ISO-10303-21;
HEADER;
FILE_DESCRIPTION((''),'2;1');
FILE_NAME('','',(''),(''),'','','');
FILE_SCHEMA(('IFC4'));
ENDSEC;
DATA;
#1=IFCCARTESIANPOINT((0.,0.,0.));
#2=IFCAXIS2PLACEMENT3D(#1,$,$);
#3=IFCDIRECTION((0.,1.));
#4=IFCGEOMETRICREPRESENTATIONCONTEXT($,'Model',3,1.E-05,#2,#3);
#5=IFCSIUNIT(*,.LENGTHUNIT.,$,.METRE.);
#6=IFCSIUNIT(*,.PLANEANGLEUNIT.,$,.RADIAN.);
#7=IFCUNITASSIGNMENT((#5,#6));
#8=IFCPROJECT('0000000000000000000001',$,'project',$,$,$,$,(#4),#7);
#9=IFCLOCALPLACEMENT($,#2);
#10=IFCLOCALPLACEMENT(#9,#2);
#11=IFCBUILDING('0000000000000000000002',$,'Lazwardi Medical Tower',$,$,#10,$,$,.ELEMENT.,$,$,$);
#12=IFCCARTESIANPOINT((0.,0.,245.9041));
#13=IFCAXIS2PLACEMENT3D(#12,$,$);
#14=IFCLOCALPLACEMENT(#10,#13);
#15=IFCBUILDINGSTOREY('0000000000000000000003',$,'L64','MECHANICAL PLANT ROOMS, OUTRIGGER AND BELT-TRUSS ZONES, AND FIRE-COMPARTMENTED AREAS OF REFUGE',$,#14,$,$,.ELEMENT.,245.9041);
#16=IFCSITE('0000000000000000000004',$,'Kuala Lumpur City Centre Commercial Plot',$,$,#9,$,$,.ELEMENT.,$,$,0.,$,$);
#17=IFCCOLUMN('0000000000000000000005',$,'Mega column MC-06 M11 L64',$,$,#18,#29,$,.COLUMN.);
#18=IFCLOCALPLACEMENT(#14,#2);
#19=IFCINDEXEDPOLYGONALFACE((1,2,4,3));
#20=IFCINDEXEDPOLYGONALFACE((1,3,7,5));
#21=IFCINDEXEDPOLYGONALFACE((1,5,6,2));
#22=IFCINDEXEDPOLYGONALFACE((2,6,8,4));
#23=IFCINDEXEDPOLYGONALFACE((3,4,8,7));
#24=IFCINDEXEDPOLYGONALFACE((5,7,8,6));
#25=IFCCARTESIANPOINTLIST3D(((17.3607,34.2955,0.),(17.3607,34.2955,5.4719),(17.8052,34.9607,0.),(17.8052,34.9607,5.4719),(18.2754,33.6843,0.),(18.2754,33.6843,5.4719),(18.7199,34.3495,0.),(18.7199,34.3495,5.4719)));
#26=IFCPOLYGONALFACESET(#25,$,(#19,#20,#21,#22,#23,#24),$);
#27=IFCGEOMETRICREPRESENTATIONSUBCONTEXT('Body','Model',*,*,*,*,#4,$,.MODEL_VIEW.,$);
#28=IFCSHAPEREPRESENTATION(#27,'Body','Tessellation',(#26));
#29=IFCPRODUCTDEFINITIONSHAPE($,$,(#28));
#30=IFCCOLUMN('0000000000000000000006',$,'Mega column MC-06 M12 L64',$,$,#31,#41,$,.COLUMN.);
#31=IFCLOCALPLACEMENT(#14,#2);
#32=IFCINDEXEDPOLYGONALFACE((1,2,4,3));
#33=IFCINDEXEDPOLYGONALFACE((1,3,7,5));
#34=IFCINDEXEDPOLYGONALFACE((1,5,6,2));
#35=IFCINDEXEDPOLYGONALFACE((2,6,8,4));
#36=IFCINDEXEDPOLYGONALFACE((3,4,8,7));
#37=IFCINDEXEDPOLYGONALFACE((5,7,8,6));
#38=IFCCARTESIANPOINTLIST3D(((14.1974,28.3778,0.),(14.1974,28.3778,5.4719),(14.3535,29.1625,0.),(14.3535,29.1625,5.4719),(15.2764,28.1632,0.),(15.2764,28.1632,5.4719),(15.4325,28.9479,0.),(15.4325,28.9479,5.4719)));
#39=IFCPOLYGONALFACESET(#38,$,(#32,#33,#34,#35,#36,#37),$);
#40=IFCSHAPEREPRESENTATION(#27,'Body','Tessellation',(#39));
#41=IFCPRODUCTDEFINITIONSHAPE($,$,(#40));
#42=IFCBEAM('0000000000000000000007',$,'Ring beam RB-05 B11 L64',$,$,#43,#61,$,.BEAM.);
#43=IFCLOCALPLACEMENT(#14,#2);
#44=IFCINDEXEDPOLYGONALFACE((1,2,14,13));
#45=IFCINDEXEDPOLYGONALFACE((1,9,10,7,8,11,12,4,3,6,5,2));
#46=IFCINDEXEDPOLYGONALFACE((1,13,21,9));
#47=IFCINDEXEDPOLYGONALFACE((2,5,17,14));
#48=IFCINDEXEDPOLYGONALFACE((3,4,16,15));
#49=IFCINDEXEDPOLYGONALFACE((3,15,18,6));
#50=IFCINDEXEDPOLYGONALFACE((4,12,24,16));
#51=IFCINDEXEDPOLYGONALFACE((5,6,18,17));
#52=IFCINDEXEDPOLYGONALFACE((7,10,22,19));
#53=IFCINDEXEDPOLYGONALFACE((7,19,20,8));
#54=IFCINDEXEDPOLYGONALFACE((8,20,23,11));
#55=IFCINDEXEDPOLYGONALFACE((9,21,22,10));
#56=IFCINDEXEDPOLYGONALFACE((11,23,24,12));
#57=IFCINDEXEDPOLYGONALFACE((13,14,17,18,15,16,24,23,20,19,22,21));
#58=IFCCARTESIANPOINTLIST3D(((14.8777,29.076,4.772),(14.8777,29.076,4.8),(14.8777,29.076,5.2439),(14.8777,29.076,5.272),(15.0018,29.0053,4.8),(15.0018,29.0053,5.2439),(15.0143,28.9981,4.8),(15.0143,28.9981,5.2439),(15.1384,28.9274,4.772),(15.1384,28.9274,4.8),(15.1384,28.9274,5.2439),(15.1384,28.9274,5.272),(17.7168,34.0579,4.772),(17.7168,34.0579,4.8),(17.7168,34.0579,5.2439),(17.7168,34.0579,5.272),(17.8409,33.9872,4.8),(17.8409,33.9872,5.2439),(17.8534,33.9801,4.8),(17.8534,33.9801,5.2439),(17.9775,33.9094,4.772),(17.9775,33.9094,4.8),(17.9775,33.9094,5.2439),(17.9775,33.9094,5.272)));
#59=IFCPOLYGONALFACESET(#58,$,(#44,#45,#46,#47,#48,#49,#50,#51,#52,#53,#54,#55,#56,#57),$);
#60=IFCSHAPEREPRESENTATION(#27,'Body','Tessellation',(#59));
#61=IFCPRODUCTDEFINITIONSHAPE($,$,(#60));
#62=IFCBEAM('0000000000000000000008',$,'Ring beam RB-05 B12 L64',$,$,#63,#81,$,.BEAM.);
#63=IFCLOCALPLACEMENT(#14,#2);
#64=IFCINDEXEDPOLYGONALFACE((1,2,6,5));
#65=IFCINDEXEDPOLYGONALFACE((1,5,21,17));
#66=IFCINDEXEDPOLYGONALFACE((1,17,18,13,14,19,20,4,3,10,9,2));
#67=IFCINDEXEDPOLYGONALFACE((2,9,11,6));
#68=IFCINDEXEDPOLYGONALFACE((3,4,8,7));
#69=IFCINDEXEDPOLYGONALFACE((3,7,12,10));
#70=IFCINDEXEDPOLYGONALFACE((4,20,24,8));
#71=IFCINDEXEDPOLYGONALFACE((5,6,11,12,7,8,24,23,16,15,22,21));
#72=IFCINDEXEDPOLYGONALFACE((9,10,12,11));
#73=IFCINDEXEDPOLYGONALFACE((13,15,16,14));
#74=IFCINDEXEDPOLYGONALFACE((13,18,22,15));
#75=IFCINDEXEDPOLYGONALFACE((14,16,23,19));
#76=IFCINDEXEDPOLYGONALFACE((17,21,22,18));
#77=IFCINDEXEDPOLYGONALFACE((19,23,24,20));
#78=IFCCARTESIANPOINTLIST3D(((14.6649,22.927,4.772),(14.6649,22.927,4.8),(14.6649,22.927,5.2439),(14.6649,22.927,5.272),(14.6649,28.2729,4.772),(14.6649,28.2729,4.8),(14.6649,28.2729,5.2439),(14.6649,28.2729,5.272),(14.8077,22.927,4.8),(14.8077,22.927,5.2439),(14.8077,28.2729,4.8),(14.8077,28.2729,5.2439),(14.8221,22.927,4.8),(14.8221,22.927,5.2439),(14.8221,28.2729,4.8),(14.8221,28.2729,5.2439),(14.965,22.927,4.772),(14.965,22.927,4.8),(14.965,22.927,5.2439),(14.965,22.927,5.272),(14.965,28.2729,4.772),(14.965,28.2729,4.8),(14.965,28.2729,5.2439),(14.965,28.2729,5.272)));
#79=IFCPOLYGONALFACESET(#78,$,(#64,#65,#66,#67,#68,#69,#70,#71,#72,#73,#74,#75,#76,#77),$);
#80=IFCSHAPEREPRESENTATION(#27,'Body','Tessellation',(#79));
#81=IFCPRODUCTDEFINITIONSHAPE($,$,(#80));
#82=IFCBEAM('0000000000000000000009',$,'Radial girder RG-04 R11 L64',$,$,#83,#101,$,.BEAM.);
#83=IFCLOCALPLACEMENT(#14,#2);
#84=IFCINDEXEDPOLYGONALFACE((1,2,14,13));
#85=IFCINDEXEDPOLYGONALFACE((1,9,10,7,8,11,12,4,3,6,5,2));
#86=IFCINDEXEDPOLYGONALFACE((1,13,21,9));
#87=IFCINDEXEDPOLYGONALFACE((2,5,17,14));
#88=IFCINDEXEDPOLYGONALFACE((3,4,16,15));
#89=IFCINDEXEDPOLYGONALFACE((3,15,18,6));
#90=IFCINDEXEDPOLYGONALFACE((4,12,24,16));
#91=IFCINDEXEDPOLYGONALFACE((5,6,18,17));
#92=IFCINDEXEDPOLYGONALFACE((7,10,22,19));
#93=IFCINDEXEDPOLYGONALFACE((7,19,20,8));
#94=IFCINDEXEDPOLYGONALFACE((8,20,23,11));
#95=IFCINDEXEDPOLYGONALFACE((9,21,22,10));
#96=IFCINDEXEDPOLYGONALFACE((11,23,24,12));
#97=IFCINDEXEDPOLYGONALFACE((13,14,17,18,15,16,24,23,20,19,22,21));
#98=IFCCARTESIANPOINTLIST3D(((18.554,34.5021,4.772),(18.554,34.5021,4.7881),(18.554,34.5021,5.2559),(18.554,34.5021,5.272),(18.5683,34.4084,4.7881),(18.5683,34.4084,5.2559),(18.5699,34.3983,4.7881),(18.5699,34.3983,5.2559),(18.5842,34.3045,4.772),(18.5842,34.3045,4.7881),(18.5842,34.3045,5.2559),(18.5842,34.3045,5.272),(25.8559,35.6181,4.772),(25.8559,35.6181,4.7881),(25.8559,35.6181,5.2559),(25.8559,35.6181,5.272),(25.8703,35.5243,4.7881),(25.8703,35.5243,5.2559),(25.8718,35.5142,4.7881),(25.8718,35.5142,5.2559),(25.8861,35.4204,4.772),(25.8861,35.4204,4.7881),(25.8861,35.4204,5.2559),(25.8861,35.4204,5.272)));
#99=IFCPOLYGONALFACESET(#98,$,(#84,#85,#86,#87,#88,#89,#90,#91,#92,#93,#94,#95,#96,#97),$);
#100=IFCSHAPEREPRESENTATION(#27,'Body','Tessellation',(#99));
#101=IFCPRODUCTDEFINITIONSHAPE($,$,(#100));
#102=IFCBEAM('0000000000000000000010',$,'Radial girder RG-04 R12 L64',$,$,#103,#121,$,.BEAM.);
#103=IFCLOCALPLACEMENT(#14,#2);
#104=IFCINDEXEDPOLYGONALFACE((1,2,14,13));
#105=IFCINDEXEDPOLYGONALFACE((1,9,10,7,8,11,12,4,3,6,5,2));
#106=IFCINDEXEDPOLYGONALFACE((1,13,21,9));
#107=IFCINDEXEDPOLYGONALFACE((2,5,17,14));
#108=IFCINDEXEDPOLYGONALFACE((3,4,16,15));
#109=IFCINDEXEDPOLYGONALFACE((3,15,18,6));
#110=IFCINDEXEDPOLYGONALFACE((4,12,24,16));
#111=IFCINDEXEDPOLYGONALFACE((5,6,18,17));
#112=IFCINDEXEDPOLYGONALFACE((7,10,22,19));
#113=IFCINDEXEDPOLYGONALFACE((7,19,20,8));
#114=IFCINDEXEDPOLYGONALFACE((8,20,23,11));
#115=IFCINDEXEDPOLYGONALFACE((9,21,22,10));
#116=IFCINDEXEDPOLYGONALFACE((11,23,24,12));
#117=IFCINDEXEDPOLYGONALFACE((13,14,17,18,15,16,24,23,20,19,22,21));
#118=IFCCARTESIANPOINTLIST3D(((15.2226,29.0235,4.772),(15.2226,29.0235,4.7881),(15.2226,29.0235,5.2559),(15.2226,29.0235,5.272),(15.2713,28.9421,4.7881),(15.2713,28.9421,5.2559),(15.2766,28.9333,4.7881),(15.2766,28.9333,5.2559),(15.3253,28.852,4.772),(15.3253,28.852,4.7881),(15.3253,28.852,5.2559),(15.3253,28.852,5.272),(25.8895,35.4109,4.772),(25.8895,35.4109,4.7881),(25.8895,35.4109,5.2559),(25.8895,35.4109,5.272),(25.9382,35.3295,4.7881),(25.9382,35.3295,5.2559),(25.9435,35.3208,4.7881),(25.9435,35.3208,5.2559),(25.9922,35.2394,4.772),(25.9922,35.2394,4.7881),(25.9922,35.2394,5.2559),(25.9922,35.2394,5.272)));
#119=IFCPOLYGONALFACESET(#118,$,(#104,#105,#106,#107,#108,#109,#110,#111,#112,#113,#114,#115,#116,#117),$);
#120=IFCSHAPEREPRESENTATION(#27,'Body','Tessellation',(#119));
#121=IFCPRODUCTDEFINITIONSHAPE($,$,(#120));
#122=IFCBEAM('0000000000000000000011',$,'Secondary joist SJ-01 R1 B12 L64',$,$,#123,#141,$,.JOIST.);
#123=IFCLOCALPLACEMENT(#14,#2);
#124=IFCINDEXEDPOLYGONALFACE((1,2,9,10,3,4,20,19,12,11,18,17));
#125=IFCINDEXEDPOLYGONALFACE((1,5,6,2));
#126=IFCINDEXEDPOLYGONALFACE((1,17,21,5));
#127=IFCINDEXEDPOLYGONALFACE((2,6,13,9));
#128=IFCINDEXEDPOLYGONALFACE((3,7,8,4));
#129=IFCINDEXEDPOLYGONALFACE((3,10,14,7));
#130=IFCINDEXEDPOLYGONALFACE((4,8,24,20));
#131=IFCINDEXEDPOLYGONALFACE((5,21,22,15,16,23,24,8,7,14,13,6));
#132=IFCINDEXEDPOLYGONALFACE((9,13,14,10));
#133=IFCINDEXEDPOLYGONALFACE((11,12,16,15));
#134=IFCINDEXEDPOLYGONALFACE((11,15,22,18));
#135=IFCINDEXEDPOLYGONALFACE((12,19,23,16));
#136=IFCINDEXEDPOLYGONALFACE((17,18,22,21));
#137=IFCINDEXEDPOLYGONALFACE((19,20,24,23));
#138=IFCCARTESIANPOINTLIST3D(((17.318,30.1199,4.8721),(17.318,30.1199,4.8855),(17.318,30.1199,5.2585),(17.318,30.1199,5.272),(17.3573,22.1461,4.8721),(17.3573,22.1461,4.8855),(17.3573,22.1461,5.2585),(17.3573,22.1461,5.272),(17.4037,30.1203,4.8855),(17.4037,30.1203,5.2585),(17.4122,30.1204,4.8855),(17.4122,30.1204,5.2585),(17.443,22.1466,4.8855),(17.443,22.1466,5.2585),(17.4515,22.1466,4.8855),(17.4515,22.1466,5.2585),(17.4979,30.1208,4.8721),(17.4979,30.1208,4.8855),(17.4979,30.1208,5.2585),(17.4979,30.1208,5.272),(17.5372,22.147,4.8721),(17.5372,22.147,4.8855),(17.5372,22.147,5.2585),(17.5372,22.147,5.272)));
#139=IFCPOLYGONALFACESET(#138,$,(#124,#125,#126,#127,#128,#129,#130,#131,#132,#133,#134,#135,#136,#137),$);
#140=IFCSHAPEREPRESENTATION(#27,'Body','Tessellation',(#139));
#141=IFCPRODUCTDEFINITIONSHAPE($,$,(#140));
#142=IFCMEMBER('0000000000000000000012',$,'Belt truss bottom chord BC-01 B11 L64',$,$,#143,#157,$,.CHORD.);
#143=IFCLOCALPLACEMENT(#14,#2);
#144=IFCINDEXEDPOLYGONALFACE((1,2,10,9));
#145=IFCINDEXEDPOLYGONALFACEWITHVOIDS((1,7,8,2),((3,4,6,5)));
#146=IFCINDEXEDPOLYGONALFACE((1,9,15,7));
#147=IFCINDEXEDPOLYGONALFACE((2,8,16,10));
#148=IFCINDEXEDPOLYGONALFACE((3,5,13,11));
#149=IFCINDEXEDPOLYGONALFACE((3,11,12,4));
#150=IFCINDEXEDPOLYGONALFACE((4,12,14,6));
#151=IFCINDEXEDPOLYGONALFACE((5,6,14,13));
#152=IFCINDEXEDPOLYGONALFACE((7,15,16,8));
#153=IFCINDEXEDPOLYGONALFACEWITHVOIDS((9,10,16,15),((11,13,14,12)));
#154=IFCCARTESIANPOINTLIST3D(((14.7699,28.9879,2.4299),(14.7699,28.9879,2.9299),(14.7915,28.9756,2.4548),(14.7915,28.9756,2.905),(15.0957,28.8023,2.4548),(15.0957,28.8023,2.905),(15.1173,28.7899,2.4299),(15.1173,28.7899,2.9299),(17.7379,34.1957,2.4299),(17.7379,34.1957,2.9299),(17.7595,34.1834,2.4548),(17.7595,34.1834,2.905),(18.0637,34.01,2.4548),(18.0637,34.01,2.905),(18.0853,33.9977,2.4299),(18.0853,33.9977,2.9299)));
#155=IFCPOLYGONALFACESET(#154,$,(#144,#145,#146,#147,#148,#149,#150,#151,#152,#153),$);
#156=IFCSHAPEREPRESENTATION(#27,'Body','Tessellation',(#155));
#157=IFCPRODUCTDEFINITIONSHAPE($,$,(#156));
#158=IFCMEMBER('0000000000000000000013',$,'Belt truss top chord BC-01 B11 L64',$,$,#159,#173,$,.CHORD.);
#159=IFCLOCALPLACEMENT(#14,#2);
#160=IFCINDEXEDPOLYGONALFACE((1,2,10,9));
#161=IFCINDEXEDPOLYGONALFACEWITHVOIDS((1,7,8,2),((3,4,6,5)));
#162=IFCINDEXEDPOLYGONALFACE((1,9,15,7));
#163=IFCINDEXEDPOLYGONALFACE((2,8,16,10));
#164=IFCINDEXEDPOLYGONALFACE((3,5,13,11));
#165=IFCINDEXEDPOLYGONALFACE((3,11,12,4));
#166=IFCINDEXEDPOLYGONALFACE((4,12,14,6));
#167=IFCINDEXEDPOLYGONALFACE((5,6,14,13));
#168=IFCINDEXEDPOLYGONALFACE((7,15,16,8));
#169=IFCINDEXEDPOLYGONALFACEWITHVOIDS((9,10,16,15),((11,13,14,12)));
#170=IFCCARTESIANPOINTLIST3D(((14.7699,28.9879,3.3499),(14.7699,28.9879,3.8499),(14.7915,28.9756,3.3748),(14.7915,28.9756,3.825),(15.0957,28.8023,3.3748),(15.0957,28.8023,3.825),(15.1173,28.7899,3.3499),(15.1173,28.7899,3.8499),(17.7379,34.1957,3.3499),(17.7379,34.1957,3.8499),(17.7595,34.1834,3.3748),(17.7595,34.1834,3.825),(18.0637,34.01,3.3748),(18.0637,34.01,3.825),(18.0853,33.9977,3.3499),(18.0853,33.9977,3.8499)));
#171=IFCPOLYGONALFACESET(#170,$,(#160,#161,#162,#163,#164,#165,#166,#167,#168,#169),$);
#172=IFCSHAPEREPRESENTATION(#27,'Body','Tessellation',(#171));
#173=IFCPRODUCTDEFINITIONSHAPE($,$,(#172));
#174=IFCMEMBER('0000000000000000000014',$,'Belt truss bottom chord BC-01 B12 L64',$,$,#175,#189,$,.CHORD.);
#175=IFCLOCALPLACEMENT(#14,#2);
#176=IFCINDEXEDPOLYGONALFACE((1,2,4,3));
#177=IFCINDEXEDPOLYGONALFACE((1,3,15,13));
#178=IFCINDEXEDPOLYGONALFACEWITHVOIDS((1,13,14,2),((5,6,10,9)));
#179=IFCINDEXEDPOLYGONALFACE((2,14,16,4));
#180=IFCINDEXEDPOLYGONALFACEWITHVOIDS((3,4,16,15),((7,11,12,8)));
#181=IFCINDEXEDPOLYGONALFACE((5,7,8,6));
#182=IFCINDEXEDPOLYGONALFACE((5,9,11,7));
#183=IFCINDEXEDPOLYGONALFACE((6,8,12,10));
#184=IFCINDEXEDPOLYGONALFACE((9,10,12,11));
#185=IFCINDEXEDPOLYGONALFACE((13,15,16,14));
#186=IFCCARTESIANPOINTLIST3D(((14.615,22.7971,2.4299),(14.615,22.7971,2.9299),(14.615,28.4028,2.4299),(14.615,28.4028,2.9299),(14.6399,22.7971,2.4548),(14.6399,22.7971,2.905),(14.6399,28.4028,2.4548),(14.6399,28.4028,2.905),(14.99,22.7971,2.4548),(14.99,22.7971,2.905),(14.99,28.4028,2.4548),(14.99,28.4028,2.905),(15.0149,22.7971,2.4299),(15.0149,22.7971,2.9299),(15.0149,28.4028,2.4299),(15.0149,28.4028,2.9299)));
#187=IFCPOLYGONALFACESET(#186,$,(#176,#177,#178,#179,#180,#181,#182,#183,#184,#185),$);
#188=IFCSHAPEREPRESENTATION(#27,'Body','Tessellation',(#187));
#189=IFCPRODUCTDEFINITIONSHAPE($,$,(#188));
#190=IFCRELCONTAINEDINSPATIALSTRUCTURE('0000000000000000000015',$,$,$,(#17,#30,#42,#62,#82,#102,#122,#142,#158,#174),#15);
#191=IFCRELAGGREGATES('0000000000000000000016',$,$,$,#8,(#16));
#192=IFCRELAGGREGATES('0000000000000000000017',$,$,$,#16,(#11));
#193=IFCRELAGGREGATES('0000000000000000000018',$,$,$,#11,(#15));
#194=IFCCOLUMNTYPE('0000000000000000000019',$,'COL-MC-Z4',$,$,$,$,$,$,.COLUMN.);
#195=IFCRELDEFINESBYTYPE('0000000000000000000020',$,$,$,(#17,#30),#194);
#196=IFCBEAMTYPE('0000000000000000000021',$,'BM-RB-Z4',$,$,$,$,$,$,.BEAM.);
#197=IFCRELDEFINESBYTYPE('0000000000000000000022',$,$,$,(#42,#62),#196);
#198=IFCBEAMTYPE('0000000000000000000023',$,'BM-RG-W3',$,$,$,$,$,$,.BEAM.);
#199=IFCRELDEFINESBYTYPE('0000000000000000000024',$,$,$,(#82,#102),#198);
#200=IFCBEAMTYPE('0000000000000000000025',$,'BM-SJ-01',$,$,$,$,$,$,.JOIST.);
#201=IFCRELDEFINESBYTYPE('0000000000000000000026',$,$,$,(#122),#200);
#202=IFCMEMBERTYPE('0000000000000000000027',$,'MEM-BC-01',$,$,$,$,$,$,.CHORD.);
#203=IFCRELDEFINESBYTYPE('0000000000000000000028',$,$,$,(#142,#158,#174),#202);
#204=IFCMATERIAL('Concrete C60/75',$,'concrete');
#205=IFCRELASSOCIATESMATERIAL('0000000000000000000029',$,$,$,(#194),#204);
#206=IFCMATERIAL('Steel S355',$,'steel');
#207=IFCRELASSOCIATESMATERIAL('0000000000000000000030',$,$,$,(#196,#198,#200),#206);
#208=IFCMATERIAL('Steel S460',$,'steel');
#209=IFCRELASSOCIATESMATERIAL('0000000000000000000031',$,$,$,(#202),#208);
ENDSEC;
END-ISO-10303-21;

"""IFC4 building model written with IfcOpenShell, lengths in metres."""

from ifc_helpers import new_model, si_unit, direction, frame, origin, origin_2d, place, context, subcontext, project, spatial, rectangle, hollow_rectangle, i_section, extrude, material, material_profile, profile_set, type_object, element, save


model = new_model("IFC4")

# Units and contexts
model_context = context("Model", 3, precision=1e-05, world=origin(), true_north=direction((0.0, 1.0)))
body_context = subcontext(model_context, "Body", "Model", "MODEL_VIEW")
ifc_project = project(units=[si_unit("LENGTHUNIT", "METRE"), si_unit("PLANEANGLEUNIT", "RADIAN")], contexts=[model_context])

# Site, building, storey
site_placement = place(None, origin())
site = spatial("IfcSite", under=ifc_project, at=site_placement, Name="Kuala Lumpur City Centre Commercial Plot", CompositionType="ELEMENT", RefElevation=0.0)
building_placement = place(site_placement, origin())
building = spatial("IfcBuilding", under=site, at=building_placement, Name="Lazwardi Medical Tower", CompositionType="ELEMENT")
storey_placement = place(building_placement, frame((0.0, 0.0, 245.9041)))
storey = spatial("IfcBuildingStorey", under=building, at=storey_placement, Name="L64", Description="MECHANICAL PLANT ROOMS, OUTRIGGER AND BELT-TRUSS ZONES, AND FIRE-COMPARTMENTED AREAS OF REFUGE", CompositionType="ELEMENT", Elevation=245.9041)

# Columns
ifc_material_1 = material(Name="Concrete C60/75", Category="concrete")
ifc_material_profile_1 = material_profile(ifc_material_1, rectangle(XDim=1.1001, YDim=0.8, at=origin_2d()), Name="CFT-RECT 1100x800")
ifc_profile_set_1 = profile_set([ifc_material_profile_1], Name="Concrete C60/75")
column_type = type_object("IfcColumnType", Name="COL-MC-Z4", PredefinedType="COLUMN", material=ifc_profile_set_1)
for number, where, z_axis, x_axis, name in (
    (1, (18.0403, 34.3225, 0.0), (0.0, 0.0, 1.0), (-0.83147, 0.55557, 0.0), "Mega column MC-06 M11 L64"),
    (2, (14.8149, 28.6628, 0.0), (0.0, 0.0, 1.0), (-0.980785, 0.19509, 0.0), "Mega column MC-06 M12 L64"),
):
    element("IfcColumn", number, at=place(storey_placement, frame(where, z_axis=z_axis, x_axis=x_axis)), inside=storey, type_object=column_type, Name=name, PredefinedType="COLUMN", context=body_context, shape_type="SweptSolid", body=[
        extrude(rectangle(XDim=1.1001, YDim=0.8, at=origin_2d()), origin(), (0.0, 0.0, 1.0), 5.4719),
    ])

# Beams
ifc_material_2 = material(Name="Steel S355", Category="steel")
ifc_material_profile_2 = material_profile(ifc_material_2, i_section(OverallWidth=0.3, OverallDepth=0.5, WebThickness=0.0144, FlangeThickness=0.0281, at=origin_2d()), Name="HEB 500")
ifc_profile_set_2 = profile_set([ifc_material_profile_2], Name="Steel S355")
beam_type_1 = type_object("IfcBeamType", Name="BM-RB-Z4", PredefinedType="BEAM", material=ifc_profile_set_2)
beam_1_placement = place(storey_placement, frame((17.8472, 33.9836, 5.022), z_axis=(-0.495125, -0.868822, 0.0), x_axis=(0.868822, -0.495125, 0.0)))
element("IfcBeam", 3, at=beam_1_placement, inside=storey, type_object=beam_type_1, Name="Ring beam RB-05 B11 L64", PredefinedType="BEAM", context=body_context, shape_type="SweptSolid", body=[
    extrude(i_section(OverallWidth=0.3, OverallDepth=0.5, WebThickness=0.0144, FlangeThickness=0.0281, at=origin_2d()), origin(), (0.0, 0.0, 1.0), 5.7341),
])
beam_2_placement = place(storey_placement, frame((14.8149, 28.2729, 5.022), z_axis=(0.0, -1.0, 0.0), x_axis=(1.0, 0.0, 0.0)))
element("IfcBeam", 4, at=beam_2_placement, inside=storey, type_object=beam_type_1, Name="Ring beam RB-05 B12 L64", PredefinedType="BEAM", context=body_context, shape_type="SweptSolid", body=[
    extrude(i_section(OverallWidth=0.3, OverallDepth=0.5, WebThickness=0.0144, FlangeThickness=0.0281, at=origin_2d()), origin(), (0.0, 0.0, 1.0), 5.3459),
])
ifc_material_profile_3 = material_profile(ifc_material_2, i_section(OverallWidth=0.2, OverallDepth=0.5, WebThickness=0.0103, FlangeThickness=0.0161, at=origin_2d()), Name="IPE 500")
ifc_profile_set_3 = profile_set([ifc_material_profile_3], Name="Steel S355")
beam_type_2 = type_object("IfcBeamType", Name="BM-RG-W3", PredefinedType="BEAM", material=ifc_profile_set_3)
beam_3_placement = place(storey_placement, frame((18.5691, 34.4033, 5.022), z_axis=(0.988522, 0.151076, 0.0), x_axis=(-0.151076, 0.988522, 0.0)))
element("IfcBeam", 5, at=beam_3_placement, inside=storey, type_object=beam_type_2, Name="Radial girder RG-04 R11 L64", PredefinedType="BEAM", context=body_context, shape_type="SweptSolid", body=[
    extrude(i_section(OverallWidth=0.2, OverallDepth=0.5, WebThickness=0.0103, FlangeThickness=0.0161, at=origin_2d()), origin(), (0.0, 0.0, 1.0), 7.3867),
])
beam_4_placement = place(storey_placement, frame((15.2739, 28.9377, 5.022), z_axis=(0.857945, 0.513742, 0.0), x_axis=(-0.513742, 0.857945, 0.0)))
element("IfcBeam", 6, at=beam_4_placement, inside=storey, type_object=beam_type_2, Name="Radial girder RG-04 R12 L64", PredefinedType="BEAM", context=body_context, shape_type="SweptSolid", body=[
    extrude(i_section(OverallWidth=0.2, OverallDepth=0.5, WebThickness=0.0103, FlangeThickness=0.0161, at=origin_2d()), origin(), (0.0, 0.0, 1.0), 12.4331),
])
ifc_material_profile_4 = material_profile(ifc_material_2, i_section(OverallWidth=0.1799, OverallDepth=0.3999, WebThickness=0.0085, FlangeThickness=0.0134, at=origin_2d()), Name="IPE 400")
ifc_profile_set_4 = profile_set([ifc_material_profile_4], Name="Steel S355")
beam_type_3 = type_object("IfcBeamType", Name="BM-SJ-01", PredefinedType="JOIST", material=ifc_profile_set_4)
beam_5_placement = place(storey_placement, frame((17.408, 30.1204, 5.072), z_axis=(0.004929, -0.999988, 0.0), x_axis=(0.999988, 0.004929, 0.0)))
element("IfcBeam", 7, at=beam_5_placement, inside=storey, type_object=beam_type_3, Name="Secondary joist SJ-01 R1 B12 L64", PredefinedType="JOIST", context=body_context, shape_type="SweptSolid", body=[
    extrude(i_section(OverallWidth=0.1799, OverallDepth=0.3999, WebThickness=0.0085, FlangeThickness=0.0134, at=origin_2d()), origin(), (0.0, 0.0, 1.0), 7.9739),
])

# Members
ifc_material_3 = material(Name="Steel S460", Category="steel")
ifc_material_profile_5 = material_profile(ifc_material_3, hollow_rectangle(XDim=0.3999, YDim=0.5, WallThickness=0.0249, at=origin_2d()), Name="RHS 500x400x25")
ifc_profile_set_5 = profile_set([ifc_material_profile_5], Name="Steel S460")
member_type_1 = type_object("IfcMemberType", Name="MEM-BC-01", PredefinedType="CHORD", material=ifc_profile_set_5)
for number, where, z_axis, x_axis, name in (
    (8, (17.9116, 34.0967, 2.6799), (-0.495152, -0.868807, 0.0), (0.868807, -0.495152, 0.0), "Belt truss bottom chord BC-01 B11 L64"),
    (9, (17.9116, 34.0967, 3.5999), (-0.495152, -0.868807, 0.0), (0.868807, -0.495152, 0.0), "Belt truss top chord BC-01 B11 L64"),
):
    element("IfcMember", number, at=place(storey_placement, frame(where, z_axis=z_axis, x_axis=x_axis)), inside=storey, type_object=member_type_1, Name=name, PredefinedType="CHORD", context=body_context, shape_type="SweptSolid", body=[
        extrude(hollow_rectangle(XDim=0.3999, YDim=0.5, WallThickness=0.0249, at=origin_2d()), origin(), (0.0, 0.0, 1.0), 5.9941),
    ])
for number, where, z_axis, x_axis, name in (
    (10, (14.8149, 28.4028, 2.6799), (0.0, -1.0, 0.0), (1.0, 0.0, 0.0), "Belt truss bottom chord BC-01 B12 L64"),
):
    element("IfcMember", number, at=place(storey_placement, frame(where, z_axis=z_axis, x_axis=x_axis)), inside=storey, type_object=member_type_1, Name=name, PredefinedType="CHORD", context=body_context, shape_type="SweptSolid", body=[
        extrude(hollow_rectangle(XDim=0.3999, YDim=0.5, WallThickness=0.0249, at=origin_2d()), origin(), (0.0, 0.0, 1.0), 5.6057),
    ])

save(model, "model.ifc")
